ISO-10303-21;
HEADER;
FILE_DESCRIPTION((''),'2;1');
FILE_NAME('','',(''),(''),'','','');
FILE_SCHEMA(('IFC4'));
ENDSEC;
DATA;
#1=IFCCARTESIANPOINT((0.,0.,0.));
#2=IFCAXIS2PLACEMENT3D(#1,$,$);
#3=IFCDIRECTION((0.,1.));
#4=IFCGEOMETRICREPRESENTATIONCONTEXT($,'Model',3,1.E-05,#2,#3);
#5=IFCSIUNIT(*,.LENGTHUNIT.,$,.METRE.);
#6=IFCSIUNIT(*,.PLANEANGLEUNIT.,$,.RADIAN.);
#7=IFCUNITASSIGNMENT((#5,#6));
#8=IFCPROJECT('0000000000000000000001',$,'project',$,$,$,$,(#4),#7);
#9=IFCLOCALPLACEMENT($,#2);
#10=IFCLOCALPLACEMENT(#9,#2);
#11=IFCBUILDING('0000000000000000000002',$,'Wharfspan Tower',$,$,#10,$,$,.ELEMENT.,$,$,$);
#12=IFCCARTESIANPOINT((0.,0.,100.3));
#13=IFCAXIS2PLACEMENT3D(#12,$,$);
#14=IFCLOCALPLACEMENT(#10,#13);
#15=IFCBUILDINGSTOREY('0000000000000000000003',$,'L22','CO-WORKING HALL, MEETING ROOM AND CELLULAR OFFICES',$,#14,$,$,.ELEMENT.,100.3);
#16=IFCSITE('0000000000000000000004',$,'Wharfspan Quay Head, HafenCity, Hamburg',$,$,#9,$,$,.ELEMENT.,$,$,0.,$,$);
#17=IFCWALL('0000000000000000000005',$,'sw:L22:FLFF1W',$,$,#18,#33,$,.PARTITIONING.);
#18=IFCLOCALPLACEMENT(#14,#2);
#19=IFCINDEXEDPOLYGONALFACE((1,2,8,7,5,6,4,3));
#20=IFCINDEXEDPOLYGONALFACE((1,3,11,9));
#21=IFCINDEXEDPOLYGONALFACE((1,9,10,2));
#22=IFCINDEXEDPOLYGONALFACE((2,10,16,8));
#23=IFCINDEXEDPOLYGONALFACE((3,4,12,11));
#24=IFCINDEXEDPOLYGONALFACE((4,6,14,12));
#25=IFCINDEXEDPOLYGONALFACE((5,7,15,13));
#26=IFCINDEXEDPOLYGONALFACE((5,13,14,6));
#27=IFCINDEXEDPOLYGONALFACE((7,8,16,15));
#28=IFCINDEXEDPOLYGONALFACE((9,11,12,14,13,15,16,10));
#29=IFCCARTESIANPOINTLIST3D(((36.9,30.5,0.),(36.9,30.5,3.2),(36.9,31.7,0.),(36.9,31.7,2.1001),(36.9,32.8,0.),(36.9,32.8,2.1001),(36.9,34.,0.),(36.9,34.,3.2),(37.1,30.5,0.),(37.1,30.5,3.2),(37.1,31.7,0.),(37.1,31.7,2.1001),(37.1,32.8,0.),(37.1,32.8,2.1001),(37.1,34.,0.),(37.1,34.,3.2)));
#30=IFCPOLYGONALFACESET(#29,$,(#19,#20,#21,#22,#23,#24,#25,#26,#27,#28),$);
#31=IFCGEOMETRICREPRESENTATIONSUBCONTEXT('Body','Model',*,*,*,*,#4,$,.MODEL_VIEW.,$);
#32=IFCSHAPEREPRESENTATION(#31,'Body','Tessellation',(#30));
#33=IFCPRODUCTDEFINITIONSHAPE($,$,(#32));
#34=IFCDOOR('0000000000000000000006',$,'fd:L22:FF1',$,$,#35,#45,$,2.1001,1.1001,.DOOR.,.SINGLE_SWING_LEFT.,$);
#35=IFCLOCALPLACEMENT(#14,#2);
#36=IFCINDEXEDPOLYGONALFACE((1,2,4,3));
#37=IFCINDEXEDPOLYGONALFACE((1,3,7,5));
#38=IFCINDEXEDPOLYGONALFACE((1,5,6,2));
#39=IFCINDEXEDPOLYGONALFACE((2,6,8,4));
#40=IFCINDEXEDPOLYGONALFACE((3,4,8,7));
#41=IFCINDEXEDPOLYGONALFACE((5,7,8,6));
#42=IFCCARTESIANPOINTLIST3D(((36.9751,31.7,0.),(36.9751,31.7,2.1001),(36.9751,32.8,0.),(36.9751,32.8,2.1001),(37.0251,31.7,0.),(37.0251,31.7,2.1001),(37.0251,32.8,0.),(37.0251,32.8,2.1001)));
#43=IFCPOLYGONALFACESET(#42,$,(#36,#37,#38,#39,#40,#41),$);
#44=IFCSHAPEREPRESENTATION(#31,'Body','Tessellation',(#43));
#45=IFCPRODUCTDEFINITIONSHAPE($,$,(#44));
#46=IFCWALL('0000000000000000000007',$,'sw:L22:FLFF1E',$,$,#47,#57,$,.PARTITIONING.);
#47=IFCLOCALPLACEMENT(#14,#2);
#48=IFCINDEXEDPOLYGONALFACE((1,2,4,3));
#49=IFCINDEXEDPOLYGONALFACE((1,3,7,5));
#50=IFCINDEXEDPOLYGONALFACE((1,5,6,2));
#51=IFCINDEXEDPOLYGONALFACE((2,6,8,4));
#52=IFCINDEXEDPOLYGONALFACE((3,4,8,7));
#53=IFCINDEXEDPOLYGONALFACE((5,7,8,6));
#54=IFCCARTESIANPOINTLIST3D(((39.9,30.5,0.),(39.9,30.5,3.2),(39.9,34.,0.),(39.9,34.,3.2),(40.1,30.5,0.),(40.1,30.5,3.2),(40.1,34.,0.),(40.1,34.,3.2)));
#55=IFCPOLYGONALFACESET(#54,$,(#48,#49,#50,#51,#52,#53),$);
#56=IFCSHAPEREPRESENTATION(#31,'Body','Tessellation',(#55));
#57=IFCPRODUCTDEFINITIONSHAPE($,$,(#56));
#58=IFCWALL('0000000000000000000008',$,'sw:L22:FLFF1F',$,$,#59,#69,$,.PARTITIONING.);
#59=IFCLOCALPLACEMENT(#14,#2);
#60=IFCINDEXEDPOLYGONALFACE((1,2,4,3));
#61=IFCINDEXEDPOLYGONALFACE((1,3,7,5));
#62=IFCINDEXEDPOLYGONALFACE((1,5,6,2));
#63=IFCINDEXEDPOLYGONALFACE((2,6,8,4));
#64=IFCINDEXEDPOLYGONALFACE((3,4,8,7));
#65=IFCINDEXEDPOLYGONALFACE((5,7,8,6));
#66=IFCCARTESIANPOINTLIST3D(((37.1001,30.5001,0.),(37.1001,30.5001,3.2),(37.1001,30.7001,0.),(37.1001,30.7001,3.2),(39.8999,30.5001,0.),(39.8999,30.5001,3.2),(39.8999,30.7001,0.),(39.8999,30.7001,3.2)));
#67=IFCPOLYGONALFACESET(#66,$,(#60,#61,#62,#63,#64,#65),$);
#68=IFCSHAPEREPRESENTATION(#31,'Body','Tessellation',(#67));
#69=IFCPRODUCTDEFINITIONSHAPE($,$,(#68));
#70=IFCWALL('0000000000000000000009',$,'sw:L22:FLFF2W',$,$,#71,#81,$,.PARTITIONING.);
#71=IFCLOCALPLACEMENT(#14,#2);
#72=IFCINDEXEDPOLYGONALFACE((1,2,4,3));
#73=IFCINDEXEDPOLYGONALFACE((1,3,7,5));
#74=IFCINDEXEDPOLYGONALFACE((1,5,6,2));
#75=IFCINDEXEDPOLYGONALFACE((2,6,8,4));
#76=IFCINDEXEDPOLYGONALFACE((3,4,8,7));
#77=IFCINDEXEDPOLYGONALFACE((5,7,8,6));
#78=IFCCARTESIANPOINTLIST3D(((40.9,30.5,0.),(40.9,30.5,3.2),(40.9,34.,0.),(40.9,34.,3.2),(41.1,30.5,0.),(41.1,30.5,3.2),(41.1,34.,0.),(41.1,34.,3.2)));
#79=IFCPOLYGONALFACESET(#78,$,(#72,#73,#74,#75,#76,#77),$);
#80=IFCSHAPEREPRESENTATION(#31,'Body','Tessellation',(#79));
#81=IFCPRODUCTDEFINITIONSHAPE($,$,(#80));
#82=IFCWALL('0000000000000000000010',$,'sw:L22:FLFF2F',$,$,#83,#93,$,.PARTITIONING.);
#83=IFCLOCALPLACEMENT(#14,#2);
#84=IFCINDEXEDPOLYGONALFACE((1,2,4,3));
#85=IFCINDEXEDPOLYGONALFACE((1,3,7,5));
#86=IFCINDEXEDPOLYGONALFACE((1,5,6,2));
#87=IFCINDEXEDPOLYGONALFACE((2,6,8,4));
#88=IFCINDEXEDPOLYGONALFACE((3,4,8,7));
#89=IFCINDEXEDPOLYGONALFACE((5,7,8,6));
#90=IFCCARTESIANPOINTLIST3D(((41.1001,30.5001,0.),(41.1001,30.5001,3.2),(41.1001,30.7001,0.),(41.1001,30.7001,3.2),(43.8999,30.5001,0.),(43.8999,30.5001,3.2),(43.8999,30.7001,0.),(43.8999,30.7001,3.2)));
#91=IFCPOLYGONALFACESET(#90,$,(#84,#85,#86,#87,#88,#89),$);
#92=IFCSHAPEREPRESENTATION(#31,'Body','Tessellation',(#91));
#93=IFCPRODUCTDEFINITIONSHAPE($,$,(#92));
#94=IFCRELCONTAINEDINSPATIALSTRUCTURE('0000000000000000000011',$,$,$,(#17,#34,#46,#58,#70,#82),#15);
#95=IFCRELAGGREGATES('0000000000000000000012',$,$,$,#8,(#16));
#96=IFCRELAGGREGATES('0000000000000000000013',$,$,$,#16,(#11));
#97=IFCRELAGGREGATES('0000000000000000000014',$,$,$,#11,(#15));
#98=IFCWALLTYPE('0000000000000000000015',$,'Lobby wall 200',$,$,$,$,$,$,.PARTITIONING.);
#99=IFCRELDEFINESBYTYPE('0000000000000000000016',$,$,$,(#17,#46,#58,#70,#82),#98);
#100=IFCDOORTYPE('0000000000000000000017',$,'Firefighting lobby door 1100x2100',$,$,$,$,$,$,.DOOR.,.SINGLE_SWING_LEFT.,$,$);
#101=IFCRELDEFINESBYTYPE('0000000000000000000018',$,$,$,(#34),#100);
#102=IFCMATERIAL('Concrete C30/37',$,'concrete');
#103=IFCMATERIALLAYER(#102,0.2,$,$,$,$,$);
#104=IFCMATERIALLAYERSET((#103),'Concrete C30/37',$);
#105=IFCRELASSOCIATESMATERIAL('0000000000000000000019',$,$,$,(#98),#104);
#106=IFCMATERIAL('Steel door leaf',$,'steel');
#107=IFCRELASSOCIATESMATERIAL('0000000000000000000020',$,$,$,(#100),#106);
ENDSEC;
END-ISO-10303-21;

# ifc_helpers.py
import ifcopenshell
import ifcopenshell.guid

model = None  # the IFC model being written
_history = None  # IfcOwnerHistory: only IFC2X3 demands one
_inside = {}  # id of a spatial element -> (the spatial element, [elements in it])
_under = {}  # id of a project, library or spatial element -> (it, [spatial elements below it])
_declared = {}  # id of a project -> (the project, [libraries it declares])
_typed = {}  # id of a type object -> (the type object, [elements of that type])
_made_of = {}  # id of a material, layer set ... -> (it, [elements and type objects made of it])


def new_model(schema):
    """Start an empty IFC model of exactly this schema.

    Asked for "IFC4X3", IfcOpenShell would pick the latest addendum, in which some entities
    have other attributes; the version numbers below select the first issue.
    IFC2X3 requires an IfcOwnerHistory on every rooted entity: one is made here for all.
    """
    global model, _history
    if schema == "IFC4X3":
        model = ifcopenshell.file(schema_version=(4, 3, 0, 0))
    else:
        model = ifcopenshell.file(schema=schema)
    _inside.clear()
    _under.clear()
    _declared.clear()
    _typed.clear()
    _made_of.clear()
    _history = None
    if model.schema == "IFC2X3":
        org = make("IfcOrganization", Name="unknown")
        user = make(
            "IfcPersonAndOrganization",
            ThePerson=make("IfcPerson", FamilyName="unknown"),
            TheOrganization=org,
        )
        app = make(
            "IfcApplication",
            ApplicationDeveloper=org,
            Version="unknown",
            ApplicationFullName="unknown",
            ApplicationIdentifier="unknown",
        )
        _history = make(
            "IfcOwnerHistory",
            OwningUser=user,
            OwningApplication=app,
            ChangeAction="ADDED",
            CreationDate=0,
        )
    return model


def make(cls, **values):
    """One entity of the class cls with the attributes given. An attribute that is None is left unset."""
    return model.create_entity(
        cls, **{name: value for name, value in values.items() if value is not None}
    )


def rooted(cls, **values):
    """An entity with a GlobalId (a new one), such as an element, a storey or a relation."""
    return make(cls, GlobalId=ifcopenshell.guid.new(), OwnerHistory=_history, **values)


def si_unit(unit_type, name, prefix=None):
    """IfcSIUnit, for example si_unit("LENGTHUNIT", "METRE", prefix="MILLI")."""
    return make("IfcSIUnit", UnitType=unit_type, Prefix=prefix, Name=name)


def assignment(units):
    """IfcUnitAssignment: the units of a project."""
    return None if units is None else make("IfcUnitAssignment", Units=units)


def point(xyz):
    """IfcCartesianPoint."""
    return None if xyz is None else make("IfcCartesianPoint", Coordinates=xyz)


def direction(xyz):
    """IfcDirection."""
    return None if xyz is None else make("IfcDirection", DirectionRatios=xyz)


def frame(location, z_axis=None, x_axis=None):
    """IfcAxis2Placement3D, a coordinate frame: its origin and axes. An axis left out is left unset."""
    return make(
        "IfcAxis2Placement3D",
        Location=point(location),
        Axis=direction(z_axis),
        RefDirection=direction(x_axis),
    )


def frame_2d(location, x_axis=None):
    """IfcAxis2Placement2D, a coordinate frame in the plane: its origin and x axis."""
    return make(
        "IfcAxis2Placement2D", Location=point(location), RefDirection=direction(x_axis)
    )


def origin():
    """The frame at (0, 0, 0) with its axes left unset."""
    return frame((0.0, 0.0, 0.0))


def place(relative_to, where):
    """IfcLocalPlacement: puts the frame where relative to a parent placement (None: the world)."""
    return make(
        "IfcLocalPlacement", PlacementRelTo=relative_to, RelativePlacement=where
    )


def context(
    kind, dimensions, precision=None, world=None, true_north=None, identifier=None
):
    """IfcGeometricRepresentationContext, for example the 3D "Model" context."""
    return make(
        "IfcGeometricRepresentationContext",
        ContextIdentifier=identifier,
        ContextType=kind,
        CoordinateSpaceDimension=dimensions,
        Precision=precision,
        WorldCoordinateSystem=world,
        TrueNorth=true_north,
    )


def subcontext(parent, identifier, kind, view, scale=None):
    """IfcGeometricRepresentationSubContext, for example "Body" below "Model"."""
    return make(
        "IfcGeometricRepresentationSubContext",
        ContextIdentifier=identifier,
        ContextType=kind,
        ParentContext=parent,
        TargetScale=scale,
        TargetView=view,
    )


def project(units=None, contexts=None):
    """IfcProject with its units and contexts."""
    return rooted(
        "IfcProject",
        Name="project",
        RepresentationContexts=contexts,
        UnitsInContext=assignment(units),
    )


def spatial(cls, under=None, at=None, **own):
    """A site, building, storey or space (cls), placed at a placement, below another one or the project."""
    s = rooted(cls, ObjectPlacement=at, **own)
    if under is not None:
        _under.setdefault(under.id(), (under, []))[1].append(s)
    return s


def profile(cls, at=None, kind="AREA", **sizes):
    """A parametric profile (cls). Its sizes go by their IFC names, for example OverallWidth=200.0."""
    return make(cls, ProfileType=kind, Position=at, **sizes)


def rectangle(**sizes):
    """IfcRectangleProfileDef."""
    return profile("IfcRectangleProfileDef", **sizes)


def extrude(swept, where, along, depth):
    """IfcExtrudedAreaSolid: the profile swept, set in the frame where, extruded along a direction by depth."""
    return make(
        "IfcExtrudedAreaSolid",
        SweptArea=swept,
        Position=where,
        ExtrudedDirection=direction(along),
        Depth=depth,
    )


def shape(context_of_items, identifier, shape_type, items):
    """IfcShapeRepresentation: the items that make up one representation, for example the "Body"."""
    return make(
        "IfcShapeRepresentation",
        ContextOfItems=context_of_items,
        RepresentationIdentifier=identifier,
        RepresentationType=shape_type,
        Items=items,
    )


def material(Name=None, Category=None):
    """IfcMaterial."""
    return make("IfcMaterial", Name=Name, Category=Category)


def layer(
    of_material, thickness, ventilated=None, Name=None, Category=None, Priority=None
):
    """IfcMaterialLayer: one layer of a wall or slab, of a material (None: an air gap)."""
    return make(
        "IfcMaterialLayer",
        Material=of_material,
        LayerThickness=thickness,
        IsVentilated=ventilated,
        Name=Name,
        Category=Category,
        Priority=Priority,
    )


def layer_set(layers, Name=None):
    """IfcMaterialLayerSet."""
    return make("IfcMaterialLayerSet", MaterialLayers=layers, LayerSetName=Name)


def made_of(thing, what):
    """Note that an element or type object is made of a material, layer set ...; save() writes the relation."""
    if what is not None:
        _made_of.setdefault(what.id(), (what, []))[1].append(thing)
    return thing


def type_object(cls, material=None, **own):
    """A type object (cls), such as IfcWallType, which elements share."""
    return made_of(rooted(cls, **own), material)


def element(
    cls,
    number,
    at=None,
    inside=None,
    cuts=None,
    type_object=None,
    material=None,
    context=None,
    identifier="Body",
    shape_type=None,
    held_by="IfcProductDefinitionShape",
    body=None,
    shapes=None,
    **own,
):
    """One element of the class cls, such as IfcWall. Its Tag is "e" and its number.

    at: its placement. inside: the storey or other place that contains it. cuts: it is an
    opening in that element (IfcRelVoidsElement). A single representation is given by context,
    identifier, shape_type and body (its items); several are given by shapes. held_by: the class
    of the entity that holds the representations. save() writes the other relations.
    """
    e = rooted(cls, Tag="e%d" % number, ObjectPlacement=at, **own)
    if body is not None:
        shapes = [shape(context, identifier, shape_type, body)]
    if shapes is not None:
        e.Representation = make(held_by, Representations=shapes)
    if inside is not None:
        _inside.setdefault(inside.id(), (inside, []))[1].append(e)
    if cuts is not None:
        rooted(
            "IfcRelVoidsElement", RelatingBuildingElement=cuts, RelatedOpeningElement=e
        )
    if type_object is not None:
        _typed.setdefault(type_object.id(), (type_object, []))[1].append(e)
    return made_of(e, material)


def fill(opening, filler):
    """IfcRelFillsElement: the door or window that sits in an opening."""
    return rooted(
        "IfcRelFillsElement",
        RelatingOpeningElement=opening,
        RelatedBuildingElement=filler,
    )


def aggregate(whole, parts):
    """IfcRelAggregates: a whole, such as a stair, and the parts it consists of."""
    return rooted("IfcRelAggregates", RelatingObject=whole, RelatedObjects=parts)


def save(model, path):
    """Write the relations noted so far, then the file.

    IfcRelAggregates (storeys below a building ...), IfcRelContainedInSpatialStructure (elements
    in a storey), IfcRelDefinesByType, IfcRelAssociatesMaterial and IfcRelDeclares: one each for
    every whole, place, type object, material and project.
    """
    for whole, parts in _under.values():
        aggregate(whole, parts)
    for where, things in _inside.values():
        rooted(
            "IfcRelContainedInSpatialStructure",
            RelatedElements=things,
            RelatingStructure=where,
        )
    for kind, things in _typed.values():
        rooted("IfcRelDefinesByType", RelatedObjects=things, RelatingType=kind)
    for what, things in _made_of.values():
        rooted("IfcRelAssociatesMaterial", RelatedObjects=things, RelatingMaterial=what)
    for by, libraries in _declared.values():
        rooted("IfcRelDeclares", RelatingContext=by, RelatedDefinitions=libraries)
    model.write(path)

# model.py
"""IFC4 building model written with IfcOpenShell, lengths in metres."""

from ifc_helpers import new_model, si_unit, direction, frame, frame_2d, origin, place, context, subcontext, project, spatial, rectangle, extrude, material, layer, layer_set, type_object, element, fill, save


model = new_model("IFC4")

# Units and contexts
model_context = context("Model", 3, precision=1e-05, world=origin(), true_north=direction((0.0, 1.0)))
body_context = subcontext(model_context, "Body", "Model", "MODEL_VIEW")
ifc_project = project(units=[si_unit("LENGTHUNIT", "METRE"), si_unit("PLANEANGLEUNIT", "RADIAN")], contexts=[model_context])

# Site, building, storey
site_placement = place(None, origin())
site = spatial("IfcSite", under=ifc_project, at=site_placement, Name="Wharfspan Quay Head, HafenCity, Hamburg", CompositionType="ELEMENT", RefElevation=0.0)
building_placement = place(site_placement, origin())
building = spatial("IfcBuilding", under=site, at=building_placement, Name="Wharfspan Tower", CompositionType="ELEMENT")
storey_placement = place(building_placement, frame((0.0, 0.0, 100.3)))
storey = spatial("IfcBuildingStorey", under=building, at=storey_placement, Name="L22", Description="CO-WORKING HALL, MEETING ROOM AND CELLULAR OFFICES", CompositionType="ELEMENT", Elevation=100.3)

# Wall, opening, door
ifc_material_1 = material(Name="Concrete C30/37", Category="concrete")
ifc_layer_1 = layer(ifc_material_1, 0.2)
ifc_layer_set_1 = layer_set([ifc_layer_1], Name="Concrete C30/37")
wall_type_1 = type_object("IfcWallType", Name="Lobby wall 200", PredefinedType="PARTITIONING", material=ifc_layer_set_1)
wall_1_placement = place(storey_placement, frame((37.0, 30.5, 0.0), z_axis=(0.0, 0.0, 1.0), x_axis=(0.0, 1.0, 0.0)))
wall_1 = element("IfcWall", 1, at=wall_1_placement, inside=storey, type_object=wall_type_1, Name="sw:L22:FLFF1W", PredefinedType="PARTITIONING", context=body_context, shape_type="SweptSolid", body=[
    extrude(rectangle(XDim=3.5, YDim=0.2, at=frame_2d((1.75, 0.0))), origin(), (0.0, 0.0, 1.0), 3.2),
])
opening_1_placement = place(wall_1_placement, frame((1.2, 0.0, 0.0)))
opening_1 = element("IfcOpeningElement", 2, at=opening_1_placement, cuts=wall_1, PredefinedType="OPENING", context=body_context, shape_type="SweptSolid", body=[
    extrude(rectangle(XDim=1.1001, YDim=2.1001, at=frame_2d((0.55, 1.05))), frame((0.0, 0.1099, 0.0), z_axis=(0.0, -1.0, 0.0), x_axis=(1.0, 0.0, 0.0)), (0.0, 0.0, 1.0), 0.22),
])
ifc_material_2 = material(Name="Steel door leaf", Category="steel")
door_type_1 = type_object("IfcDoorType", Name="Firefighting lobby door 1100x2100", OperationType="SINGLE_SWING_LEFT", PredefinedType="DOOR", material=ifc_material_2)
door_1_placement = place(opening_1_placement, origin())
door_1 = element("IfcDoor", 3, at=door_1_placement, inside=storey, type_object=door_type_1, Name="fd:L22:FF1", OperationType="SINGLE_SWING_LEFT", OverallHeight=2.1001, OverallWidth=1.1001, PredefinedType="DOOR", context=body_context, shape_type="SweptSolid", body=[
    extrude(rectangle(XDim=1.1001, YDim=2.1001, at=frame_2d((0.55, 1.05))), frame((0.0, 0.0249, 0.0), z_axis=(0.0, -1.0, 0.0), x_axis=(1.0, 0.0, 0.0)), (0.0, 0.0, 1.0), 0.05),
])
fill(opening_1, door_1)

# Walls
wall_2_placement = place(storey_placement, frame((40.0, 30.5, 0.0), z_axis=(0.0, 0.0, 1.0), x_axis=(0.0, 1.0, 0.0)))
element("IfcWall", 4, at=wall_2_placement, inside=storey, type_object=wall_type_1, Name="sw:L22:FLFF1E", PredefinedType="PARTITIONING", context=body_context, shape_type="SweptSolid", body=[
    extrude(rectangle(XDim=3.5, YDim=0.2, at=frame_2d((1.75, 0.0))), origin(), (0.0, 0.0, 1.0), 3.2),
])
wall_3_placement = place(storey_placement, frame((37.1001, 30.6001, 0.0), z_axis=(0.0, 0.0, 1.0), x_axis=(1.0, 0.0, 0.0)))
element("IfcWall", 5, at=wall_3_placement, inside=storey, type_object=wall_type_1, Name="sw:L22:FLFF1F", PredefinedType="PARTITIONING", context=body_context, shape_type="SweptSolid", body=[
    extrude(rectangle(XDim=2.7998, YDim=0.2, at=frame_2d((1.3999, 0.0))), origin(), (0.0, 0.0, 1.0), 3.2),
])
wall_4_placement = place(storey_placement, frame((41.0, 30.5, 0.0), z_axis=(0.0, 0.0, 1.0), x_axis=(0.0, 1.0, 0.0)))
element("IfcWall", 6, at=wall_4_placement, inside=storey, type_object=wall_type_1, Name="sw:L22:FLFF2W", PredefinedType="PARTITIONING", context=body_context, shape_type="SweptSolid", body=[
    extrude(rectangle(XDim=3.5, YDim=0.2, at=frame_2d((1.75, 0.0))), origin(), (0.0, 0.0, 1.0), 3.2),
])
wall_5_placement = place(storey_placement, frame((41.1001, 30.6001, 0.0), z_axis=(0.0, 0.0, 1.0), x_axis=(1.0, 0.0, 0.0)))
element("IfcWall", 7, at=wall_5_placement, inside=storey, type_object=wall_type_1, Name="sw:L22:FLFF2F", PredefinedType="PARTITIONING", context=body_context, shape_type="SweptSolid", body=[
    extrude(rectangle(XDim=2.7998, YDim=0.2, at=frame_2d((1.3999, 0.0))), origin(), (0.0, 0.0, 1.0), 3.2),
])

save(model, "model.ifc")
